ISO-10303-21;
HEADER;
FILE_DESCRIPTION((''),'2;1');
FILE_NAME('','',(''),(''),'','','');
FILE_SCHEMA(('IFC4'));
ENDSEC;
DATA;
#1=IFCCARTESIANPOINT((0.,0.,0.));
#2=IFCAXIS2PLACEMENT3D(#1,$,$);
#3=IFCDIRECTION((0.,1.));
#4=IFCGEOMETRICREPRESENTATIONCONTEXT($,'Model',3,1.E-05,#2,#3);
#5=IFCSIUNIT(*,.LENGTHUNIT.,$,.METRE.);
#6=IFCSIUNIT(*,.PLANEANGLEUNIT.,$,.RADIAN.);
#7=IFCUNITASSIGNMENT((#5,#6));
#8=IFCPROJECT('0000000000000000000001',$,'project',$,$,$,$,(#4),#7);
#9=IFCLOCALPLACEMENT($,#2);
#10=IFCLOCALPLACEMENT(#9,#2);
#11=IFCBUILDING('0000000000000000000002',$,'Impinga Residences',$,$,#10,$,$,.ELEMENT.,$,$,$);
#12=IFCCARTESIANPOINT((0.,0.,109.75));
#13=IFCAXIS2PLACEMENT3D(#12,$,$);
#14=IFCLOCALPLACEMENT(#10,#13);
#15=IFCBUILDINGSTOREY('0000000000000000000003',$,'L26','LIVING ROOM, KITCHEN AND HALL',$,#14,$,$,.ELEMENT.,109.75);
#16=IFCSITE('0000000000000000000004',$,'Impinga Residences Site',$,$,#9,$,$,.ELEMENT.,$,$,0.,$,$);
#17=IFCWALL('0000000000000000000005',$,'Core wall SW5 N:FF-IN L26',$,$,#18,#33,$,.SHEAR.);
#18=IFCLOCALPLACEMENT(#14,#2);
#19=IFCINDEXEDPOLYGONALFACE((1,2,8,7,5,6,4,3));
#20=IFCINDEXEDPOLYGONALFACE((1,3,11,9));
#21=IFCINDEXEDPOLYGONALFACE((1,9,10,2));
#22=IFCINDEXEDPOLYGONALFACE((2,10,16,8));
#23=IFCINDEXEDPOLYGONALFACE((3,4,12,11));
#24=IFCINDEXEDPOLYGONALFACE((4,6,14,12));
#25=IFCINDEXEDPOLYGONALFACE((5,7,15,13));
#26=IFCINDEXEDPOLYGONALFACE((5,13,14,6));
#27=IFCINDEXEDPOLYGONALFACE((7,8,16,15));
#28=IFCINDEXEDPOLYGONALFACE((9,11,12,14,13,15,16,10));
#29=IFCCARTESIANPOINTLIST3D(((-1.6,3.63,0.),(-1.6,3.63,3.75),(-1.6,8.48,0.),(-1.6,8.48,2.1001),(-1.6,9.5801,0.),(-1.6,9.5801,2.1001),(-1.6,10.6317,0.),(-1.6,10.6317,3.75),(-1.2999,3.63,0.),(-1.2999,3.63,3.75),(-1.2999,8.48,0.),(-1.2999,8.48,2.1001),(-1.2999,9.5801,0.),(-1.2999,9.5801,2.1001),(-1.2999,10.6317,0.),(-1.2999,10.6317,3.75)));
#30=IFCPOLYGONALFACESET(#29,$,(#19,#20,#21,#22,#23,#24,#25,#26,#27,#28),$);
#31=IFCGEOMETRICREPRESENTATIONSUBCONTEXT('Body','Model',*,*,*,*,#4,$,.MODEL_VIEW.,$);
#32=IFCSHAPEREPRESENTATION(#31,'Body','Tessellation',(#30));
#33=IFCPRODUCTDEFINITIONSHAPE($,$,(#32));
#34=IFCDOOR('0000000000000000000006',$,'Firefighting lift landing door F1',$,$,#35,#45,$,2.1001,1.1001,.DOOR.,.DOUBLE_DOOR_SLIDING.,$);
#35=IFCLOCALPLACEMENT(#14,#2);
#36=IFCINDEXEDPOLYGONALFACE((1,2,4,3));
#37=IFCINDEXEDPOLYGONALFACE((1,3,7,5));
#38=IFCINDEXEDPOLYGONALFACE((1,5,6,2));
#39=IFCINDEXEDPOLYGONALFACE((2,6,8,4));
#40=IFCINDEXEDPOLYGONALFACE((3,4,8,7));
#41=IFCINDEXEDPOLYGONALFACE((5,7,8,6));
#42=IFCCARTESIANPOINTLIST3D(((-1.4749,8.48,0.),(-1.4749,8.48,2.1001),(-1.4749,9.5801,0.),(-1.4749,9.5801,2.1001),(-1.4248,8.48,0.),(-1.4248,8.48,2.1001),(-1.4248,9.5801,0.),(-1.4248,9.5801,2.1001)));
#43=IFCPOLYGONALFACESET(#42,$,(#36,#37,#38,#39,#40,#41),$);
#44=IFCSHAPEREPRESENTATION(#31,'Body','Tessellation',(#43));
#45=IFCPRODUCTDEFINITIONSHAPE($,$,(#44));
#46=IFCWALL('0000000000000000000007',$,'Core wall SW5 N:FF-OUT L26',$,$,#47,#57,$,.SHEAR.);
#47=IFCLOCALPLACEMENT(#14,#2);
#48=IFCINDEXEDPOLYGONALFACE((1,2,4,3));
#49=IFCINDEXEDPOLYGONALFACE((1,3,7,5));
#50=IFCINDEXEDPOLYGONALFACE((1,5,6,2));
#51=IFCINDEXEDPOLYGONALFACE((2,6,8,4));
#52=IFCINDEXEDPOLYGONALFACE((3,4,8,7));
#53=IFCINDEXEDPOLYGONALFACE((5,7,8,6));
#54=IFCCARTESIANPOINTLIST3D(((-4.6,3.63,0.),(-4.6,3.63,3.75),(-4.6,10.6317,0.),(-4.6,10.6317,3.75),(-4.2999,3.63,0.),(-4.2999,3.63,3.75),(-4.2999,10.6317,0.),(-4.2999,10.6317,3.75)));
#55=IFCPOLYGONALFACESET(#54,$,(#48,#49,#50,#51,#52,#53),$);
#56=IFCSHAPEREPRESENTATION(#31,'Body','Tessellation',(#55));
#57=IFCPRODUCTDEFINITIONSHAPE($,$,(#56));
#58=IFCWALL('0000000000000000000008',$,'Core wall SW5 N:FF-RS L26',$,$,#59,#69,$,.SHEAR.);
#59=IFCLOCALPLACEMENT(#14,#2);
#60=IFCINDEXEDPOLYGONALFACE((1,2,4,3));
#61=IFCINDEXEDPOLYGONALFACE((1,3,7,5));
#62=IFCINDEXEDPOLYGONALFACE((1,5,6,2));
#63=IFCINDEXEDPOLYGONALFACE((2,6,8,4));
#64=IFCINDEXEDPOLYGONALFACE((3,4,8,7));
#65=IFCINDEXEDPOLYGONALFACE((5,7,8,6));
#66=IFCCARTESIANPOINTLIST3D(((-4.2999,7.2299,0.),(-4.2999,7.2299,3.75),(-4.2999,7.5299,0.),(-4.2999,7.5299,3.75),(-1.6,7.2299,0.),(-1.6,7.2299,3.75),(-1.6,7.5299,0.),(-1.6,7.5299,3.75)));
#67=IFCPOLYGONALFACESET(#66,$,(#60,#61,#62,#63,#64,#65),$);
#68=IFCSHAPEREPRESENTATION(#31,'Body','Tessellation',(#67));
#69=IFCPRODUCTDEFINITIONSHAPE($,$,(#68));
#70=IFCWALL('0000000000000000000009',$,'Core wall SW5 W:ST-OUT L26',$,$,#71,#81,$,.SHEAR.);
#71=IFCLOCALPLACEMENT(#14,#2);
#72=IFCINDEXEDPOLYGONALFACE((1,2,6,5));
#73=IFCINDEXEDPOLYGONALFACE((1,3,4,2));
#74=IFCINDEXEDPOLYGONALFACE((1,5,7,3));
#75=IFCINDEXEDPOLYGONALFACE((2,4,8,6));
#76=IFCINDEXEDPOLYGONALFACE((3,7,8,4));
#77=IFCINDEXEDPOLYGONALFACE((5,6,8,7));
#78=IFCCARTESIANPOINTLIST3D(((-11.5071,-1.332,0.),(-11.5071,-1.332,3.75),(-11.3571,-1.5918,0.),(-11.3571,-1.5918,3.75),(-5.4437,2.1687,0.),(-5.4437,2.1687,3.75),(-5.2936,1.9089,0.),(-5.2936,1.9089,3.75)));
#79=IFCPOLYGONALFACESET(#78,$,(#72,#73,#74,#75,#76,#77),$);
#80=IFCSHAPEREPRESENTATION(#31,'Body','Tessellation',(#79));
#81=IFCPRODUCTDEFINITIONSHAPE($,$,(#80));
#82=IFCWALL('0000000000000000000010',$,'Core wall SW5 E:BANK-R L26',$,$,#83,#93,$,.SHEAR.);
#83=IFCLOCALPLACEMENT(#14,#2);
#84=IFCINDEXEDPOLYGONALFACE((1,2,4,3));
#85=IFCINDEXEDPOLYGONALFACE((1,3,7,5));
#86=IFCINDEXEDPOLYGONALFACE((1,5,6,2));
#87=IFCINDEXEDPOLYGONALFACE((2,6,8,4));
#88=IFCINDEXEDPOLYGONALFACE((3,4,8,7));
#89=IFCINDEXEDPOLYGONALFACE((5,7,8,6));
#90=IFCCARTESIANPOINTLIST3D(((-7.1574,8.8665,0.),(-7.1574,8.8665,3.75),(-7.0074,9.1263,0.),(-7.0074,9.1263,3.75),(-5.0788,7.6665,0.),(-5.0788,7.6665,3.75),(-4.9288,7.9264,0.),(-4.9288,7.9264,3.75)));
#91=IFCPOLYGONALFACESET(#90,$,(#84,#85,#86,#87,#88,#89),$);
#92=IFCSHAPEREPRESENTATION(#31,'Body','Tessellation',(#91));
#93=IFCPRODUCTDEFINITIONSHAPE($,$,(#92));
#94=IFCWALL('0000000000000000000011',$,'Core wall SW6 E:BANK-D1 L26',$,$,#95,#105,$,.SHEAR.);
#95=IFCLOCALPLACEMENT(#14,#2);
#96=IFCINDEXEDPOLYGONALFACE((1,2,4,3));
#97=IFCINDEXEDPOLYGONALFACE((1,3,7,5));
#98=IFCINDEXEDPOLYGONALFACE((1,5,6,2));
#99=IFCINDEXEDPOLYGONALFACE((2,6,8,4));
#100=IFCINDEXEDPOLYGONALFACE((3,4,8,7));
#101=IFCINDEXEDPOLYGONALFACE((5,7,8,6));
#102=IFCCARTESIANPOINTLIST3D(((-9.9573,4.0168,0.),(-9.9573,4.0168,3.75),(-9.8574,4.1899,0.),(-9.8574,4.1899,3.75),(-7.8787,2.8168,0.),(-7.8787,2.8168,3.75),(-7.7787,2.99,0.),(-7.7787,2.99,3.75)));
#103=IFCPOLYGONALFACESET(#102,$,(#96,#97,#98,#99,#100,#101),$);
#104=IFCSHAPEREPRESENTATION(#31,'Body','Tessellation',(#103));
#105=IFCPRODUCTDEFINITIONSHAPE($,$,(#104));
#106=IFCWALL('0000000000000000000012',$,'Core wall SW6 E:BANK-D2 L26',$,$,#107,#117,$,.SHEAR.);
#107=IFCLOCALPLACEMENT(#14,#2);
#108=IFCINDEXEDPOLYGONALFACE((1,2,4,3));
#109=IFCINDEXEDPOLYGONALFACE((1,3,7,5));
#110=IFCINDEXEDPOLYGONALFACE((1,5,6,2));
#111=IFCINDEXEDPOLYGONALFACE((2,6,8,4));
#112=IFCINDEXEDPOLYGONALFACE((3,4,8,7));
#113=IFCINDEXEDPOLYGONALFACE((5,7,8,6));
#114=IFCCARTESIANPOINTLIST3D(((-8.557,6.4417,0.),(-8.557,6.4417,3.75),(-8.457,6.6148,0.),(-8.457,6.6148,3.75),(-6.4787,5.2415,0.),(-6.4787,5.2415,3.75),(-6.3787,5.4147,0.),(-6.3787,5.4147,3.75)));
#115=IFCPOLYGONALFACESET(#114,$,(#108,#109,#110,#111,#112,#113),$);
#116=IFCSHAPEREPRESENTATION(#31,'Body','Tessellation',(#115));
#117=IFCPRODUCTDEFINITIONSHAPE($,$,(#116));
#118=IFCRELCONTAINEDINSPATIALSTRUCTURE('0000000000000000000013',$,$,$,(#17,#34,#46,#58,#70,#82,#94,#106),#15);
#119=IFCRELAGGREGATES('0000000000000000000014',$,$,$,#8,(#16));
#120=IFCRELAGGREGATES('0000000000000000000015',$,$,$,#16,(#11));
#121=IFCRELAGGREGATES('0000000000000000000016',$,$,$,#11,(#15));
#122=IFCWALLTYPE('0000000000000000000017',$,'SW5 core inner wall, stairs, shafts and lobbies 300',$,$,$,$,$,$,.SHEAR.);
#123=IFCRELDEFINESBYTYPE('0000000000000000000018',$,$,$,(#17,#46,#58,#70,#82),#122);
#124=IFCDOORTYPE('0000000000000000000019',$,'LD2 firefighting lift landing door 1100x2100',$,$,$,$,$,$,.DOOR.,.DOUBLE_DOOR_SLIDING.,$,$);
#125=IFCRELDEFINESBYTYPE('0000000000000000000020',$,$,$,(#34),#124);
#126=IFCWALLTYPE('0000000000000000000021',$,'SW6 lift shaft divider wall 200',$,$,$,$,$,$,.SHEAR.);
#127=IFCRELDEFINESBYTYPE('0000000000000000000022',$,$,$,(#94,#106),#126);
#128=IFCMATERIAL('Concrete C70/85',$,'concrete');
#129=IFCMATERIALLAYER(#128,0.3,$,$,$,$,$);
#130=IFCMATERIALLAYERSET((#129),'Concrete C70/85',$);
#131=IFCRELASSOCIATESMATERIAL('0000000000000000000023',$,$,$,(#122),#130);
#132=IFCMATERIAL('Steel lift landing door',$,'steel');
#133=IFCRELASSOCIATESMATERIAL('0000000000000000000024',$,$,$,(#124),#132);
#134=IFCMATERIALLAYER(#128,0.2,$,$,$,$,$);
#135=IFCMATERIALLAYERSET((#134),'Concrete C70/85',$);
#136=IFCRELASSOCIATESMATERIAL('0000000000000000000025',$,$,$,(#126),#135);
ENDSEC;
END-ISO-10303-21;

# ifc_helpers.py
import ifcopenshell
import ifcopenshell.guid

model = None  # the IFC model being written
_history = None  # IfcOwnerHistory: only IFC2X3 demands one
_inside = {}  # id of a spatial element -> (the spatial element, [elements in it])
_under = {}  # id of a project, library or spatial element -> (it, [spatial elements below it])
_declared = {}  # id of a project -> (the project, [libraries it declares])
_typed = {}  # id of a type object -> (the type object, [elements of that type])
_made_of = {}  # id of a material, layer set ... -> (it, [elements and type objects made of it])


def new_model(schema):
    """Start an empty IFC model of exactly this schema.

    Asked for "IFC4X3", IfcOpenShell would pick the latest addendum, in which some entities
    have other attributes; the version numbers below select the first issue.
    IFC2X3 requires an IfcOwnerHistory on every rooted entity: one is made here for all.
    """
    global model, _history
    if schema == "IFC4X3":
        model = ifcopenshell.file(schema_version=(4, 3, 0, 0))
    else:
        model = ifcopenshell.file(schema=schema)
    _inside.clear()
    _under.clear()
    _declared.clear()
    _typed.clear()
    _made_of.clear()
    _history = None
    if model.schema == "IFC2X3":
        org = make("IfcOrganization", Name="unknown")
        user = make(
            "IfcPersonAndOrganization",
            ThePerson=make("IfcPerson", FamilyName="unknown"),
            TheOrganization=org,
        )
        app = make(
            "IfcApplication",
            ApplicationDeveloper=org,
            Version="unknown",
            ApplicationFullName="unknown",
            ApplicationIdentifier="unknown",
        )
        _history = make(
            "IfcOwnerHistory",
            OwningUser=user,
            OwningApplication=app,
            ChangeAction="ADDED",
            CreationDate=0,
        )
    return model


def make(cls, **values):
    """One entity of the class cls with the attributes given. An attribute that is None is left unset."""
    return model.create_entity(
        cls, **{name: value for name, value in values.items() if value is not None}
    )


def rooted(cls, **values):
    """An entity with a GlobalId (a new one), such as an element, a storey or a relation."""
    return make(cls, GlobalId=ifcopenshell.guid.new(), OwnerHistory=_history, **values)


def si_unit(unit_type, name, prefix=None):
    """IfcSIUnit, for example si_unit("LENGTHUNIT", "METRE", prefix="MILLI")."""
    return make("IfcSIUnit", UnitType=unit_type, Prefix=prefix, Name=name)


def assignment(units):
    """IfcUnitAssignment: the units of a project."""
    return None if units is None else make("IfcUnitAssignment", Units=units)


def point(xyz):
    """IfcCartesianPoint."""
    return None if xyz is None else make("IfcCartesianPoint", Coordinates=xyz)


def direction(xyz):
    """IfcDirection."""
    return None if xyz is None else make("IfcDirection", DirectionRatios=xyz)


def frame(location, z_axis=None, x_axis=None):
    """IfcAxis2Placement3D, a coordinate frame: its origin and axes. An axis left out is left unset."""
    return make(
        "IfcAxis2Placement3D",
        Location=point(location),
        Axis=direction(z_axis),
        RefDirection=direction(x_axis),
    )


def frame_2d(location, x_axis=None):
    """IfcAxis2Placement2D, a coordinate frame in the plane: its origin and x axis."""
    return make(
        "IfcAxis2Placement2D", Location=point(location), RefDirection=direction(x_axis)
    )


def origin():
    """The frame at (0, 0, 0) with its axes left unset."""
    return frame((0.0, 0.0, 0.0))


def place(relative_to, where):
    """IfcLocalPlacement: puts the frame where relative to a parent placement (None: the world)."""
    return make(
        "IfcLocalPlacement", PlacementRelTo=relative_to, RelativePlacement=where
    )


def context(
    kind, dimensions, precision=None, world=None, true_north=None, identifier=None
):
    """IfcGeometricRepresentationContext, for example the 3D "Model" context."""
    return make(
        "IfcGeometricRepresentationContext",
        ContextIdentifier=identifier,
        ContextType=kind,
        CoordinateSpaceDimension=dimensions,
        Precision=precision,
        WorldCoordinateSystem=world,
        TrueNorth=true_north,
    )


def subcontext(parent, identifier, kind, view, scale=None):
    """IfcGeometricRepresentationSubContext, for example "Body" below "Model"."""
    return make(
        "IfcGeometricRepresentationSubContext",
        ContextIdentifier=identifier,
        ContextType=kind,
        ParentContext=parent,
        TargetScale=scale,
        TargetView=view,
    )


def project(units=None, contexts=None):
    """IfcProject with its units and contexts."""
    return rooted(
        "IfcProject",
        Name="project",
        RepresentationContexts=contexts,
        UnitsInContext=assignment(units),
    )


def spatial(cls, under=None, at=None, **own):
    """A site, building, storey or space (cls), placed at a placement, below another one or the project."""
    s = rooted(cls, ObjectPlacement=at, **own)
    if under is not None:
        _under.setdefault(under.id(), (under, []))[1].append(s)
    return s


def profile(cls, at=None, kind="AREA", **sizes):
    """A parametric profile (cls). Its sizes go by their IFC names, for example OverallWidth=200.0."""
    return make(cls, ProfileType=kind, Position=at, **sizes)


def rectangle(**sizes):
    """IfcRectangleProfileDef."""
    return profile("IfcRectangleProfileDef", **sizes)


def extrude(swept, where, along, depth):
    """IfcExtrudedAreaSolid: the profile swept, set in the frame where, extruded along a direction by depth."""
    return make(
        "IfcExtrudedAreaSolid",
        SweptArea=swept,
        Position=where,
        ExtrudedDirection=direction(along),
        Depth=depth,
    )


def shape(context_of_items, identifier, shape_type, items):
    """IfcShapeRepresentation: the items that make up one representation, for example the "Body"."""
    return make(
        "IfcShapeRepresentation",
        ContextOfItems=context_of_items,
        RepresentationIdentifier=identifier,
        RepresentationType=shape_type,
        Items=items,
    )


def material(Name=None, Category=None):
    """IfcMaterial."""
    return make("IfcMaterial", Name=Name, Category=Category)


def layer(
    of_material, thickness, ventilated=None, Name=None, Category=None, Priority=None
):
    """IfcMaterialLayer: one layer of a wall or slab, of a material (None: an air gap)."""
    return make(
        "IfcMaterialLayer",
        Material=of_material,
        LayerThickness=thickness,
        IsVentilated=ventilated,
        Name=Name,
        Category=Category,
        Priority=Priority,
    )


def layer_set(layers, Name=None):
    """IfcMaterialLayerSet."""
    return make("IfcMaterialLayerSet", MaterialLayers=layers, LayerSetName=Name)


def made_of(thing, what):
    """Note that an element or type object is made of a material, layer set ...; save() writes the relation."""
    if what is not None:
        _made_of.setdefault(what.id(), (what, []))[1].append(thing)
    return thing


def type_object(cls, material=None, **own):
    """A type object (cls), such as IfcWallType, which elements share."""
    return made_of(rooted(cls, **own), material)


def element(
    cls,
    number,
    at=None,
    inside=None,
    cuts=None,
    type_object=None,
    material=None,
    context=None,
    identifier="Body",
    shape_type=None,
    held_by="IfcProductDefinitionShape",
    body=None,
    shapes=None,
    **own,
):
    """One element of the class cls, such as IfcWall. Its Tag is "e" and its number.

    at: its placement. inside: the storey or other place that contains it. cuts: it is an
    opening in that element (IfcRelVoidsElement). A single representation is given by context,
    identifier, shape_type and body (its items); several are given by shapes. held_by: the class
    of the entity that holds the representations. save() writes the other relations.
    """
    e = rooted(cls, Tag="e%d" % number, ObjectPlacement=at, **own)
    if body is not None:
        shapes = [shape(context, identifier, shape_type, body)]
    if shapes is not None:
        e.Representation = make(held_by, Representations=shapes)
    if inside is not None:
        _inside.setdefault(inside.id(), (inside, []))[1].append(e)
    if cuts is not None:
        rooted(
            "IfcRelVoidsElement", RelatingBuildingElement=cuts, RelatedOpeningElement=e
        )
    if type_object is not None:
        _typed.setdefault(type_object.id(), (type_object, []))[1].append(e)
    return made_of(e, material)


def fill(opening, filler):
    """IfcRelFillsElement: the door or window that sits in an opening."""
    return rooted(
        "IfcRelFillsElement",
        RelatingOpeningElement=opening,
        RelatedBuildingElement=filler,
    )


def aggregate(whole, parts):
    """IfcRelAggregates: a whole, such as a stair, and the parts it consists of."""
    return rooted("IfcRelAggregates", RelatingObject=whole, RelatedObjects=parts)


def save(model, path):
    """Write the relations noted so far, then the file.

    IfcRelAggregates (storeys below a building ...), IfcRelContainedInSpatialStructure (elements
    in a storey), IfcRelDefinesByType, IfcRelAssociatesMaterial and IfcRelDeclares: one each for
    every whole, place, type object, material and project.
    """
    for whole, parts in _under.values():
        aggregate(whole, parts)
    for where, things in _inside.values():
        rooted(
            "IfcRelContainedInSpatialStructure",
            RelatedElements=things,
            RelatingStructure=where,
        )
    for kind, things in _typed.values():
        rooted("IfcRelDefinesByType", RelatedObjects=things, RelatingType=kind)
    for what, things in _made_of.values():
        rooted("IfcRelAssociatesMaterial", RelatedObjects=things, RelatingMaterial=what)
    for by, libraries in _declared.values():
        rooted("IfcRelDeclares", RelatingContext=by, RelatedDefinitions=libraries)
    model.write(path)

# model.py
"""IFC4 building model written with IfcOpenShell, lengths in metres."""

from ifc_helpers import new_model, si_unit, direction, frame, frame_2d, origin, place, context, subcontext, project, spatial, rectangle, extrude, material, layer, layer_set, type_object, element, fill, save


model = new_model("IFC4")

# Units and contexts
model_context = context("Model", 3, precision=1e-05, world=origin(), true_north=direction((0.0, 1.0)))
body_context = subcontext(model_context, "Body", "Model", "MODEL_VIEW")
ifc_project = project(units=[si_unit("LENGTHUNIT", "METRE"), si_unit("PLANEANGLEUNIT", "RADIAN")], contexts=[model_context])

# Site, building, storey
site_placement = place(None, origin())
site = spatial("IfcSite", under=ifc_project, at=site_placement, Name="Impinga Residences Site", CompositionType="ELEMENT", RefElevation=0.0)
building_placement = place(site_placement, origin())
building = spatial("IfcBuilding", under=site, at=building_placement, Name="Impinga Residences", CompositionType="ELEMENT")
storey_placement = place(building_placement, frame((0.0, 0.0, 109.75)))
storey = spatial("IfcBuildingStorey", under=building, at=storey_placement, Name="L26", Description="LIVING ROOM, KITCHEN AND HALL", CompositionType="ELEMENT", Elevation=109.75)

# Shared definitions
ifc_material_1 = material(Name="Concrete C70/85", Category="concrete")
ifc_layer_1 = layer(ifc_material_1, 0.3)
ifc_layer_set_1 = layer_set([ifc_layer_1], Name="Concrete C70/85")
wall_type_1 = type_object("IfcWallType", Name="SW5 core inner wall, stairs, shafts and lobbies 300", PredefinedType="SHEAR", material=ifc_layer_set_1)

# Wall, opening, door
wall_1_placement = place(storey_placement, frame((-1.45, 3.6299, 0.0), z_axis=(0.0, 0.0, 1.0), x_axis=(0.0, 1.0, 0.0)))
wall_1 = element("IfcWall", 1, at=wall_1_placement, inside=storey, type_object=wall_type_1, Name="Core wall SW5 N:FF-IN L26", PredefinedType="SHEAR", context=body_context, shape_type="SweptSolid", body=[
    extrude(rectangle(XDim=7.0017, YDim=0.3, at=frame_2d((3.501, 0.0))), origin(), (0.0, 0.0, 1.0), 3.75),
])
opening_1_placement = place(wall_1_placement, frame((4.8501, 0.0, 0.0)))
opening_1 = element("IfcOpeningElement", 2, at=opening_1_placement, cuts=wall_1, PredefinedType="OPENING", context=body_context, shape_type="SweptSolid", body=[
    extrude(rectangle(XDim=1.1001, YDim=2.1001, at=frame_2d((0.55, 1.05))), frame((0.0, 0.1599, 0.0), z_axis=(0.0, -1.0, 0.0), x_axis=(1.0, 0.0, 0.0)), (0.0, 0.0, 1.0), 0.3201),
])
ifc_material_2 = material(Name="Steel lift landing door", Category="steel")
door_type_1 = type_object("IfcDoorType", Name="LD2 firefighting lift landing door 1100x2100", OperationType="DOUBLE_DOOR_SLIDING", PredefinedType="DOOR", material=ifc_material_2)
door_1_placement = place(opening_1_placement, origin())
door_1 = element("IfcDoor", 3, at=door_1_placement, inside=storey, type_object=door_type_1, Name="Firefighting lift landing door F1", OperationType="DOUBLE_DOOR_SLIDING", OverallHeight=2.1001, OverallWidth=1.1001, PredefinedType="DOOR", context=body_context, shape_type="SweptSolid", body=[
    extrude(rectangle(XDim=1.1001, YDim=2.1001, at=frame_2d((0.55, 1.05))), frame((0.0, 0.0249, 0.0), z_axis=(0.0, -1.0, 0.0), x_axis=(1.0, 0.0, 0.0)), (0.0, 0.0, 1.0), 0.05),
])
fill(opening_1, door_1)

# Walls
wall_2_placement = place(storey_placement, frame((-4.45, 3.6299, 0.0), z_axis=(0.0, 0.0, 1.0), x_axis=(0.0, 1.0, 0.0)))
element("IfcWall", 4, at=wall_2_placement, inside=storey, type_object=wall_type_1, Name="Core wall SW5 N:FF-OUT L26", PredefinedType="SHEAR", context=body_context, shape_type="SweptSolid", body=[
    extrude(rectangle(XDim=7.0017, YDim=0.3, at=frame_2d((3.501, 0.0))), origin(), (0.0, 0.0, 1.0), 3.75),
])
wall_3_placement = place(storey_placement, frame((-4.3, 7.3799, 0.0), z_axis=(0.0, 0.0, 1.0), x_axis=(1.0, 0.0, 0.0)))
element("IfcWall", 5, at=wall_3_placement, inside=storey, type_object=wall_type_1, Name="Core wall SW5 N:FF-RS L26", PredefinedType="SHEAR", context=body_context, shape_type="SweptSolid", body=[
    extrude(rectangle(XDim=2.7, YDim=0.3, at=frame_2d((1.3501, 0.0))), origin(), (0.0, 0.0, 1.0), 3.75),
])
wall_4_placement = place(storey_placement, frame((-5.3687, 2.0388, 0.0), z_axis=(0.0, 0.0, 1.0), x_axis=(-0.866026, -0.499998, 0.0)))
element("IfcWall", 6, at=wall_4_placement, inside=storey, type_object=wall_type_1, Name="Core wall SW5 W:ST-OUT L26", PredefinedType="SHEAR", context=body_context, shape_type="SweptSolid", body=[
    extrude(rectangle(XDim=7.0015, YDim=0.3, at=frame_2d((3.5007, 0.0))), origin(), (0.0, 0.0, 1.0), 3.75),
])
wall_5_placement = place(storey_placement, frame((-5.0037, 7.7964, 0.0), z_axis=(0.0, 0.0, 1.0), x_axis=(-0.86605, 0.499957, 0.0)))
element("IfcWall", 7, at=wall_5_placement, inside=storey, type_object=wall_type_1, Name="Core wall SW5 E:BANK-R L26", PredefinedType="SHEAR", context=body_context, shape_type="SweptSolid", body=[
    extrude(rectangle(XDim=2.4001, YDim=0.3, at=frame_2d((1.2002, 0.0))), origin(), (0.0, 0.0, 1.0), 3.75),
])
ifc_layer_2 = layer(ifc_material_1, 0.2)
ifc_layer_set_2 = layer_set([ifc_layer_2], Name="Concrete C70/85")
wall_type_2 = type_object("IfcWallType", Name="SW6 lift shaft divider wall 200", PredefinedType="SHEAR", material=ifc_layer_set_2)
wall_6_placement = place(storey_placement, frame((-7.8286, 2.9033, 0.0), z_axis=(0.0, 0.0, 1.0), x_axis=(-0.86605, 0.499957, 0.0)))
element("IfcWall", 8, at=wall_6_placement, inside=storey, type_object=wall_type_2, Name="Core wall SW6 E:BANK-D1 L26", PredefinedType="SHEAR", context=body_context, shape_type="SweptSolid", body=[
    extrude(rectangle(XDim=2.4001, YDim=0.2, at=frame_2d((1.2002, 0.0))), origin(), (0.0, 0.0, 1.0), 3.75),
])
wall_7_placement = place(storey_placement, frame((-6.4287, 5.3281, 0.0), z_axis=(0.0, 0.0, 1.0), x_axis=(-0.865981, 0.500078, 0.0)))
element("IfcWall", 9, at=wall_7_placement, inside=storey, type_object=wall_type_2, Name="Core wall SW6 E:BANK-D2 L26", PredefinedType="SHEAR", context=body_context, shape_type="SweptSolid", body=[
    extrude(rectangle(XDim=2.3999, YDim=0.2, at=frame_2d((1.2, 0.0))), origin(), (0.0, 0.0, 1.0), 3.75),
])

save(model, "model.ifc")
